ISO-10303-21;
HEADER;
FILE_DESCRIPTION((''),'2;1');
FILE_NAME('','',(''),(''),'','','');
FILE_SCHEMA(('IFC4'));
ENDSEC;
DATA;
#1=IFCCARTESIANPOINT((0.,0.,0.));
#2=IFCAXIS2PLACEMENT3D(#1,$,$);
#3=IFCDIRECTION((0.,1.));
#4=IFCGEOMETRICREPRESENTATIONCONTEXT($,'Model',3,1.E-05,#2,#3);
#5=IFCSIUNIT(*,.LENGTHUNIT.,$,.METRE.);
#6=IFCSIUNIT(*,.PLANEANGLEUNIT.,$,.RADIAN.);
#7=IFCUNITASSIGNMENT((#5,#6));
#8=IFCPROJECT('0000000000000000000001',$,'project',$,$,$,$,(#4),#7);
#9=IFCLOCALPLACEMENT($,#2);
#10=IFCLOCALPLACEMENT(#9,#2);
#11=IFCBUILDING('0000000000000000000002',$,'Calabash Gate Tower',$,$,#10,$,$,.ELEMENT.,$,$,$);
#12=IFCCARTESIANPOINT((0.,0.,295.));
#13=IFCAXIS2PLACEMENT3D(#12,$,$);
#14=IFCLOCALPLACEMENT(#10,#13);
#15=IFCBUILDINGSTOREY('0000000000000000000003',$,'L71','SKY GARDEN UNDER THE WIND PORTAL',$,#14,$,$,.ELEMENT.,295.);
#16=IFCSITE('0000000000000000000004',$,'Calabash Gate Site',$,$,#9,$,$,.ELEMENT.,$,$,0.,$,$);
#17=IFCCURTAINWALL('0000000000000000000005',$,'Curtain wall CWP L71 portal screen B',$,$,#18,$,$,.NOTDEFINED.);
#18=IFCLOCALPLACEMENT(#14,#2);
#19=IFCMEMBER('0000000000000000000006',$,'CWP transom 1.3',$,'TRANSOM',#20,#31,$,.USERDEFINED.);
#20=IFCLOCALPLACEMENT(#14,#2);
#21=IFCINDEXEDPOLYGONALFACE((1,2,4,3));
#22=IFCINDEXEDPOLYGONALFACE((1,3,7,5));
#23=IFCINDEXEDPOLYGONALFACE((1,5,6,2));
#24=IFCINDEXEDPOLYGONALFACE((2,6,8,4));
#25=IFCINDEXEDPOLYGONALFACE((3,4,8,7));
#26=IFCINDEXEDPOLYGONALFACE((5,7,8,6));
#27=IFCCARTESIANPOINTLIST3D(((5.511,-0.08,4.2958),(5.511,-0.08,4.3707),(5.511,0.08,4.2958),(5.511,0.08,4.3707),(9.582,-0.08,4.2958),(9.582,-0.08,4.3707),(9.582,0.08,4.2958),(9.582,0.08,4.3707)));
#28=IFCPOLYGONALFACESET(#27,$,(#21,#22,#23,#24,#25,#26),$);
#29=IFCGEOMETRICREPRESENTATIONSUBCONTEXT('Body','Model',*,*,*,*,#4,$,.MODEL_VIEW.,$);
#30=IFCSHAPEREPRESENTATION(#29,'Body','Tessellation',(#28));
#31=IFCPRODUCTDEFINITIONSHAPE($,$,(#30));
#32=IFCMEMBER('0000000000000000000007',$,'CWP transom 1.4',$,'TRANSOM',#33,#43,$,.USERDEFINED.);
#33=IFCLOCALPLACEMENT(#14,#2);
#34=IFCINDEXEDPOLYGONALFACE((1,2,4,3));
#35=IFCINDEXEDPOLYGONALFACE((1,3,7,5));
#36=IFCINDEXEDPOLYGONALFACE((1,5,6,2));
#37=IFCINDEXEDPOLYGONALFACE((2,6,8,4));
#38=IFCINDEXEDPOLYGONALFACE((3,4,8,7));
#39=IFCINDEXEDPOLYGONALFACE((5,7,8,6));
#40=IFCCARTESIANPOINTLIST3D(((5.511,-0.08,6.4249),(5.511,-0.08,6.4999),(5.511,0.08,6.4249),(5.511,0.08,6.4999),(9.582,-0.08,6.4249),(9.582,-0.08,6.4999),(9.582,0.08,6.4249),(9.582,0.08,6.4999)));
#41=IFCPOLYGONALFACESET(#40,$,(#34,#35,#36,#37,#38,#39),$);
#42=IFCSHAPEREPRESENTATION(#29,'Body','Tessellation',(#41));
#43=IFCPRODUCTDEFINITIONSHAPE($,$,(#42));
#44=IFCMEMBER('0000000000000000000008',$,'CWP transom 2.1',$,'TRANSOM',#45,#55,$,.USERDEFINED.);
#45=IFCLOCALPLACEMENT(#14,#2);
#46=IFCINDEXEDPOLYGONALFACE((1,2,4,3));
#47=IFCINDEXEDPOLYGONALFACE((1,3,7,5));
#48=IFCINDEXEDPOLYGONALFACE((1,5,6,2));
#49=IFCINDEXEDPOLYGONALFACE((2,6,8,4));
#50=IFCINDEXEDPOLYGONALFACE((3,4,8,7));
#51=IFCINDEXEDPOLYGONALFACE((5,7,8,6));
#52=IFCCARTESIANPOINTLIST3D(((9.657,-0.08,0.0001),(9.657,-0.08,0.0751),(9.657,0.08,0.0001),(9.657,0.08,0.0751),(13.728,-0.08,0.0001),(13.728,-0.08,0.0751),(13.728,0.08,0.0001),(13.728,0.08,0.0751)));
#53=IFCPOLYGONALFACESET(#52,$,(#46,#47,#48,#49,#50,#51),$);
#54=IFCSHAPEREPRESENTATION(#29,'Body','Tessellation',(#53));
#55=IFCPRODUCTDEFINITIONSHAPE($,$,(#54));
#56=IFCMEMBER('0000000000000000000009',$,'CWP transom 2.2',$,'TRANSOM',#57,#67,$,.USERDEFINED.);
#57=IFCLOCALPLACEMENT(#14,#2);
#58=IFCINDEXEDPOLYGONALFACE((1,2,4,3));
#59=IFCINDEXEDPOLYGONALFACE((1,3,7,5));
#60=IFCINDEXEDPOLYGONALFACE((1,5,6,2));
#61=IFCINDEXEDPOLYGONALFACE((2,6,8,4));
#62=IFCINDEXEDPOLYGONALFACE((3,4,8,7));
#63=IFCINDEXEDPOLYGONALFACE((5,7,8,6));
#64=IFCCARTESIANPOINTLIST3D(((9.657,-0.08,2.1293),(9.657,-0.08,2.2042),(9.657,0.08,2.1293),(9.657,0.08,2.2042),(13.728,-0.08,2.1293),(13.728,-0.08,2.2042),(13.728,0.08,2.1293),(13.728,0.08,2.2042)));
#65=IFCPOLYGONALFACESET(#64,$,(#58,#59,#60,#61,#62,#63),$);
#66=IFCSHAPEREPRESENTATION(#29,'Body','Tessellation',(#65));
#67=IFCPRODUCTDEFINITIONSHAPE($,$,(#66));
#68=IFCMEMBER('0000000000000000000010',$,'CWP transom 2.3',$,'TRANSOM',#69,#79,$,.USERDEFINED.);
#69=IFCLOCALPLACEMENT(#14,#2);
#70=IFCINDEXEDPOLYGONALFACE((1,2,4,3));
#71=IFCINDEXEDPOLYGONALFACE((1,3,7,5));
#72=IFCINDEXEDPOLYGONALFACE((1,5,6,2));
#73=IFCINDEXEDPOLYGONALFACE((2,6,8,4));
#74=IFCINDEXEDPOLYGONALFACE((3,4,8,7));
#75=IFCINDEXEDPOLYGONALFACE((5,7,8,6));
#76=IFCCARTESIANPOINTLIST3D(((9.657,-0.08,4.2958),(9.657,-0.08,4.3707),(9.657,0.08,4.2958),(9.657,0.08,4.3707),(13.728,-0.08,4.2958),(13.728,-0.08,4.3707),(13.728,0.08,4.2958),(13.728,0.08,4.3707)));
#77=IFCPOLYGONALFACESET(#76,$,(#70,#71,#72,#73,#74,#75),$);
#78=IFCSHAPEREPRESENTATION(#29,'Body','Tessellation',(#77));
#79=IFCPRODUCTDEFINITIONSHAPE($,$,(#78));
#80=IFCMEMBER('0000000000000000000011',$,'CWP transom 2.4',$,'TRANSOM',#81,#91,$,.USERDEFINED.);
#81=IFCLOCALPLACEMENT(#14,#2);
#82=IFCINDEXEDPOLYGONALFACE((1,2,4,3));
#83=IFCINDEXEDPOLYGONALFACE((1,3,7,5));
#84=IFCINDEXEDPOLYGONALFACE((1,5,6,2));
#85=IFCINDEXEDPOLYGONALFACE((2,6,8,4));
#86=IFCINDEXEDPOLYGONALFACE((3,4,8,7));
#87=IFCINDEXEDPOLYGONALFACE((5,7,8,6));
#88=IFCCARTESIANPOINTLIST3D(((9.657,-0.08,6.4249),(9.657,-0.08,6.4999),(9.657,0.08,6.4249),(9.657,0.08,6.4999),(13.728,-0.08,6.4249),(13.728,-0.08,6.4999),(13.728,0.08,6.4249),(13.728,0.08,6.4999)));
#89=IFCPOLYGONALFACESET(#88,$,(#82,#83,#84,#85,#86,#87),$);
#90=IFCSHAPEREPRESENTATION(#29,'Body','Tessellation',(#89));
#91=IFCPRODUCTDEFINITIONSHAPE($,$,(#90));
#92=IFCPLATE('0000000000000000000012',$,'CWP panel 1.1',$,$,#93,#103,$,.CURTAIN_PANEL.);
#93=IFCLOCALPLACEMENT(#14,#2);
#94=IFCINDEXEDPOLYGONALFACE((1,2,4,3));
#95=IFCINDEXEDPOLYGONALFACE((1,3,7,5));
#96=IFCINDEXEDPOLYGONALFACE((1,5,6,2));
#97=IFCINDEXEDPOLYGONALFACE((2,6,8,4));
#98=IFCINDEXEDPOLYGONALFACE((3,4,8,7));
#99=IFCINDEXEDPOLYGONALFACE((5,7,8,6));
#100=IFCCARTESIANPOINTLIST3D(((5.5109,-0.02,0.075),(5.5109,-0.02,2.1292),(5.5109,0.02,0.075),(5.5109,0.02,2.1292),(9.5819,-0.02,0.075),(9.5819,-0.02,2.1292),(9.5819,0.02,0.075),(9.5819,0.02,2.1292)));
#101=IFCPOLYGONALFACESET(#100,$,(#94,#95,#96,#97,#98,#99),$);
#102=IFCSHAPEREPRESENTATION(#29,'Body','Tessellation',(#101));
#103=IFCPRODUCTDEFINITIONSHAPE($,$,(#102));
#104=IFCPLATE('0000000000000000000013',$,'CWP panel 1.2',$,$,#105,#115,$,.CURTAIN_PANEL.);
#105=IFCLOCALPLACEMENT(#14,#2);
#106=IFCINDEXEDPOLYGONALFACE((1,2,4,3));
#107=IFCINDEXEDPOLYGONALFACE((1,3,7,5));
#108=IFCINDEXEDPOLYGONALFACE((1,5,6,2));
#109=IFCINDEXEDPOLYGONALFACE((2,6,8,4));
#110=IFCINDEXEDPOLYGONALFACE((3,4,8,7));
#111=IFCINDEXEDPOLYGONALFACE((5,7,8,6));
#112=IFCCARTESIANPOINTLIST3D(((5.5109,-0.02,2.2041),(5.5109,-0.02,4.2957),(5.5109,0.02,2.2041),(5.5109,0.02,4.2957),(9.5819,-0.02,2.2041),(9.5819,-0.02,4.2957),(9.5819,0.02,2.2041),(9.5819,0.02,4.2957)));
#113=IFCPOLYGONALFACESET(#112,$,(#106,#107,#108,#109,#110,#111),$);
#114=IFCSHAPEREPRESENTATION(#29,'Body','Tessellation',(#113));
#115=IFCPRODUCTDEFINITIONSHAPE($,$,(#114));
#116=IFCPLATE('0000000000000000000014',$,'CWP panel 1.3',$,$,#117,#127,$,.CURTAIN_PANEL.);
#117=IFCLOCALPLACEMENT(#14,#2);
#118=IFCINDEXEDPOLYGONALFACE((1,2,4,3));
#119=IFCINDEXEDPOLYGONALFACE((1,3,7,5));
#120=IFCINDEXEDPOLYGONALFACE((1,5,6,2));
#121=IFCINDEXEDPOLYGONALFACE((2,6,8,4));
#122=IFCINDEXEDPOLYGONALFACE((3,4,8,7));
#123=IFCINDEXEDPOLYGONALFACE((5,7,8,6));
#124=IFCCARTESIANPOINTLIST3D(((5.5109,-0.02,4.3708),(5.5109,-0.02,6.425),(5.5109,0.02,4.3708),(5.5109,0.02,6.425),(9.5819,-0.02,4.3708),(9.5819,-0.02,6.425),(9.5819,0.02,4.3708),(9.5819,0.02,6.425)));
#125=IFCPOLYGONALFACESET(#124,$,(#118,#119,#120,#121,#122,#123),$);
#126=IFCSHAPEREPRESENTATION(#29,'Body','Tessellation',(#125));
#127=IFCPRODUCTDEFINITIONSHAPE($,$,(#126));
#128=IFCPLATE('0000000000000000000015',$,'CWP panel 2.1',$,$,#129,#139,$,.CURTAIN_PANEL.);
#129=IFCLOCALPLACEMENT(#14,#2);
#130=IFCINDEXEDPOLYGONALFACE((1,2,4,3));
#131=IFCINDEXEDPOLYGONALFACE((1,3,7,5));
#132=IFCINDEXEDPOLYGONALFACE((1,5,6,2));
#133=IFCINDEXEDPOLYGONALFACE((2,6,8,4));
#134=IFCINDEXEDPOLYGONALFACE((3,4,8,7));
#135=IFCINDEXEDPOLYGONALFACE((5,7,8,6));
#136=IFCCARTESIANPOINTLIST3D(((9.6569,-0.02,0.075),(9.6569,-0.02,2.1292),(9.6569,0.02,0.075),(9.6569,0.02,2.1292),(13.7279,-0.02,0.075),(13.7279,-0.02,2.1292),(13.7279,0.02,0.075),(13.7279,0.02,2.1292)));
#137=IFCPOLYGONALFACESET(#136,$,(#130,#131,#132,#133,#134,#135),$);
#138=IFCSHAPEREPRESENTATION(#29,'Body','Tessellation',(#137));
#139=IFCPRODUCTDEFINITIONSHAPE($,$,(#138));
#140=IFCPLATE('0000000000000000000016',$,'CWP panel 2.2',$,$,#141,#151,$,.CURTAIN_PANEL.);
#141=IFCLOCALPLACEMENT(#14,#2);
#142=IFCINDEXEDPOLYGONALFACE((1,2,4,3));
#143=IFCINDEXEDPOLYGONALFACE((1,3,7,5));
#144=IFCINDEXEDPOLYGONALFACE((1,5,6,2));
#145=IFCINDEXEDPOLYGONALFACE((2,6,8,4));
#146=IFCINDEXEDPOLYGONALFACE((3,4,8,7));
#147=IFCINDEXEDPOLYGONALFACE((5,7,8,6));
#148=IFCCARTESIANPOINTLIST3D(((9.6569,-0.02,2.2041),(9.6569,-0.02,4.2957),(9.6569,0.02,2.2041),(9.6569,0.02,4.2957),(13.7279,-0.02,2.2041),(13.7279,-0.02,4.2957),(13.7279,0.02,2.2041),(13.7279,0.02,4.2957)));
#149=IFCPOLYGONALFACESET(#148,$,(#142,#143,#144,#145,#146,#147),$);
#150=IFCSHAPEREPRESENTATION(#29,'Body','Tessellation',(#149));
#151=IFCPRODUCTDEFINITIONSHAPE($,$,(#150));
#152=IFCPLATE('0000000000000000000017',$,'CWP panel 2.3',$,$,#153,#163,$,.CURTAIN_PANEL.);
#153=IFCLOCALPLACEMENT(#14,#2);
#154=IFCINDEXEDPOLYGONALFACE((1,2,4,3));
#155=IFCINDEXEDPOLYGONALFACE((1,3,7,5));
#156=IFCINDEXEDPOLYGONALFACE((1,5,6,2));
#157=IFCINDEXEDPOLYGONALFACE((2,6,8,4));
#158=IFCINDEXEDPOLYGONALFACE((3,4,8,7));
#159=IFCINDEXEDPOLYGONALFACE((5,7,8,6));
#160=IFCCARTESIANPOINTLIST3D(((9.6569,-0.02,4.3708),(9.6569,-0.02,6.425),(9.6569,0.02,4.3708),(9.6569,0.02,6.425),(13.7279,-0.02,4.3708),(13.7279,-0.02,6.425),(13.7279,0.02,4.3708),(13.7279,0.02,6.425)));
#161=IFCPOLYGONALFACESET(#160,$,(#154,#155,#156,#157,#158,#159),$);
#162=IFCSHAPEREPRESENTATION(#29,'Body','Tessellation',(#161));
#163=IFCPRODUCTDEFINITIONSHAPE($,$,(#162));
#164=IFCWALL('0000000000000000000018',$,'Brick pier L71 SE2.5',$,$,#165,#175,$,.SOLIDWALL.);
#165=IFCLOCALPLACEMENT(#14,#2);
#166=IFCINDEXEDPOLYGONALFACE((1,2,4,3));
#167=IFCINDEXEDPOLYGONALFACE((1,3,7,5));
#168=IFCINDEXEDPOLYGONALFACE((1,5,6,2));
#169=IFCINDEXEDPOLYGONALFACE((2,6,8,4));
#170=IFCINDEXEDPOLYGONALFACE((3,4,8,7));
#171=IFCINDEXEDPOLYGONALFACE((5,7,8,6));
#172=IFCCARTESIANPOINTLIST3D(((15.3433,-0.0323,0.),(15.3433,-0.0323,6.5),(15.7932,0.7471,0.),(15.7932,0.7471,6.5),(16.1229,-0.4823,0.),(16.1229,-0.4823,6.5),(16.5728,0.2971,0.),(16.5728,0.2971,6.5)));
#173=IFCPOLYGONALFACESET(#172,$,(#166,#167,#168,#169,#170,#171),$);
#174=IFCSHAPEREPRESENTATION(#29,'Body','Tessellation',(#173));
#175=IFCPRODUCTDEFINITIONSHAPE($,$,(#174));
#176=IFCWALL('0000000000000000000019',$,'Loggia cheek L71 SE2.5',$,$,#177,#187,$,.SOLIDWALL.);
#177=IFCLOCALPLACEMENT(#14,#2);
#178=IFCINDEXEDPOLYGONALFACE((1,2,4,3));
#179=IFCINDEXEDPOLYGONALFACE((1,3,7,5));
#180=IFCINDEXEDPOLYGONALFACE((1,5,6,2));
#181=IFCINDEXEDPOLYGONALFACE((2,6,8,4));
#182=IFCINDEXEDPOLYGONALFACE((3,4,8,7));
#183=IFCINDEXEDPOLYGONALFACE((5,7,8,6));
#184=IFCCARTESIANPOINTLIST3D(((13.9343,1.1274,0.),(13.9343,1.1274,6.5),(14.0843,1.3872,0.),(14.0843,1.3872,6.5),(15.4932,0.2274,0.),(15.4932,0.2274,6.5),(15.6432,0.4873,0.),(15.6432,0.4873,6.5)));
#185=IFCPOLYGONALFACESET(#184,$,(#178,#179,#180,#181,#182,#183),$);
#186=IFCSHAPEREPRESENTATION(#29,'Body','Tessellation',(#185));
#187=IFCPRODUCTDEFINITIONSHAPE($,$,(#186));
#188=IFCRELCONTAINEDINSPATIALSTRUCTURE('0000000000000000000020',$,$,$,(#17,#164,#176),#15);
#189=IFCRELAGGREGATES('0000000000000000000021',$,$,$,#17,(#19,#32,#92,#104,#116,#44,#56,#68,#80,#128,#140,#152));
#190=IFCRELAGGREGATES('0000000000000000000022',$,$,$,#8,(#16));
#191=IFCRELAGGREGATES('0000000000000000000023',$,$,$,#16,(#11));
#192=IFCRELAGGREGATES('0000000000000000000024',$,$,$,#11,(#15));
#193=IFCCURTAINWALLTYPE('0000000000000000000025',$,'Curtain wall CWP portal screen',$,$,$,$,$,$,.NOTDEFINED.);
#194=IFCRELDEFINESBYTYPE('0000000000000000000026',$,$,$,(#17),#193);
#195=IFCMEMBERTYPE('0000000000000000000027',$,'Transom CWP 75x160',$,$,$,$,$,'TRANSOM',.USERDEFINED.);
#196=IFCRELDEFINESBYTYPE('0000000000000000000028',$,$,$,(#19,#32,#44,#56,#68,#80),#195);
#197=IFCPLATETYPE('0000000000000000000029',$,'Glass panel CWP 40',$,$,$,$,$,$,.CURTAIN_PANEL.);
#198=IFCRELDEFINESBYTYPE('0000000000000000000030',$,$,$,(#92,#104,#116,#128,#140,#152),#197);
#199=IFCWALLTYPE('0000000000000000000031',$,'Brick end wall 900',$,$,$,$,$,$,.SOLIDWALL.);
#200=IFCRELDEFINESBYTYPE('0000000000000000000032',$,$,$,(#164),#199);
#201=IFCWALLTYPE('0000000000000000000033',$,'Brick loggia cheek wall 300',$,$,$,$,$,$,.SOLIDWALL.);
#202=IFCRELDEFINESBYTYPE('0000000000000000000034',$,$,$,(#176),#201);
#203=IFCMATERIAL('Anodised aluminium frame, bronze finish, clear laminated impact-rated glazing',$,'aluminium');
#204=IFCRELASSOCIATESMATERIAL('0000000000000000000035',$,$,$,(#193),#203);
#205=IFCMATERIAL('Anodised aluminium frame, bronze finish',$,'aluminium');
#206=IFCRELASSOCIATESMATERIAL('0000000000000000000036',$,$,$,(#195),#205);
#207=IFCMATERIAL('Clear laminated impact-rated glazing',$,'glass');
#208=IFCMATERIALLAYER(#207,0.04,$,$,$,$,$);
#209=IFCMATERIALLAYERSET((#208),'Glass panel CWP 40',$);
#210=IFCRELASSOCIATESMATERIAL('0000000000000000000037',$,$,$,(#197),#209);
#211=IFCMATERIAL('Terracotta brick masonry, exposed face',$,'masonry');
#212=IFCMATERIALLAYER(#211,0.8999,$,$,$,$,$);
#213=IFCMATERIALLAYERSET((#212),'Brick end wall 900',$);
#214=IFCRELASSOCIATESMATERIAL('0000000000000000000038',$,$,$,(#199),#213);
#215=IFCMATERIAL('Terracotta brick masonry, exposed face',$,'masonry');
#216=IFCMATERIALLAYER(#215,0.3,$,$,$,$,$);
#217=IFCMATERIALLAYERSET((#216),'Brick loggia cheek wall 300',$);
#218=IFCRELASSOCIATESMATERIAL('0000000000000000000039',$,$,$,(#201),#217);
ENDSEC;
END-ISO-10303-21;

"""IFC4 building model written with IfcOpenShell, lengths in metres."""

from ifc_helpers import new_model, si_unit, direction, frame, frame_2d, origin, origin_2d, place, context, subcontext, project, spatial, rectangle, extrude, material, layer, layer_set, material_profile, profile_set, type_object, element, aggregate, save


model = new_model("IFC4")

# Units and contexts
model_context = context("Model", 3, precision=1e-05, world=origin(), true_north=direction((0.0, 1.0)))
body_context = subcontext(model_context, "Body", "Model", "MODEL_VIEW")
ifc_project = project(units=[si_unit("LENGTHUNIT", "METRE"), si_unit("PLANEANGLEUNIT", "RADIAN")], contexts=[model_context])

# Site, building, storey
site_placement = place(None, origin())
site = spatial("IfcSite", under=ifc_project, at=site_placement, Name="Calabash Gate Site", CompositionType="ELEMENT", RefElevation=0.0)
building_placement = place(site_placement, origin())
building = spatial("IfcBuilding", under=site, at=building_placement, Name="Calabash Gate Tower", CompositionType="ELEMENT")
storey_placement = place(building_placement, frame((0.0, 0.0, 295.0)))
storey = spatial("IfcBuildingStorey", under=building, at=storey_placement, Name="L71", Description="SKY GARDEN UNDER THE WIND PORTAL", CompositionType="ELEMENT", Elevation=295.0)

# Curtain wall, members, plates
ifc_material_1 = material(Name="Anodised aluminium frame, bronze finish, clear laminated impact-rated glazing", Category="aluminium")
curtain_wall_type = type_object("IfcCurtainWallType", Name="Curtain wall CWP portal screen", PredefinedType="NOTDEFINED", material=ifc_material_1)
curtain_wall_placement = place(storey_placement, origin())
curtain_wall = element("IfcCurtainWall", 1, at=curtain_wall_placement, inside=storey, type_object=curtain_wall_type, Name="Curtain wall CWP L71 portal screen B", PredefinedType="NOTDEFINED")
ifc_material_2 = material(Name="Anodised aluminium frame, bronze finish", Category="aluminium")
ifc_material_profile_1 = material_profile(ifc_material_2, rectangle(XDim=0.1599, YDim=0.075, at=origin_2d()))
ifc_profile_set_1 = profile_set([ifc_material_profile_1], Name="Anodised aluminium frame, bronze finish")
member_type_1 = type_object("IfcMemberType", Name="Transom CWP 75x160", ElementType="TRANSOM", PredefinedType="USERDEFINED", material=ifc_profile_set_1)
member_1_placement = place(storey_placement, frame((5.511, 0.0, 4.3333), z_axis=(1.0, 0.0, 0.0), x_axis=(0.0, 1.0, 0.0)))
member_1 = element("IfcMember", 2, at=member_1_placement, type_object=member_type_1, Name="CWP transom 1.3", ObjectType="TRANSOM", PredefinedType="USERDEFINED", context=body_context, shape_type="SweptSolid", body=[
    extrude(rectangle(XDim=0.1599, YDim=0.075, at=origin_2d()), origin(), (0.0, 0.0, 1.0), 4.071),
])
member_2_placement = place(storey_placement, frame((5.511, 0.0, 6.4624), z_axis=(1.0, 0.0, 0.0), x_axis=(0.0, 1.0, 0.0)))
member_2 = element("IfcMember", 3, at=member_2_placement, type_object=member_type_1, Name="CWP transom 1.4", ObjectType="TRANSOM", PredefinedType="USERDEFINED", context=body_context, shape_type="SweptSolid", body=[
    extrude(rectangle(XDim=0.1599, YDim=0.075, at=origin_2d()), origin(), (0.0, 0.0, 1.0), 4.071),
])
member_3_placement = place(storey_placement, frame((9.657, 0.0, 0.0376), z_axis=(1.0, 0.0, 0.0), x_axis=(0.0, 1.0, 0.0)))
member_3 = element("IfcMember", 4, at=member_3_placement, type_object=member_type_1, Name="CWP transom 2.1", ObjectType="TRANSOM", PredefinedType="USERDEFINED", context=body_context, shape_type="SweptSolid", body=[
    extrude(rectangle(XDim=0.1599, YDim=0.075, at=origin_2d()), origin(), (0.0, 0.0, 1.0), 4.071),
])
member_4_placement = place(storey_placement, frame((9.657, 0.0, 2.1667), z_axis=(1.0, 0.0, 0.0), x_axis=(0.0, 1.0, 0.0)))
member_4 = element("IfcMember", 5, at=member_4_placement, type_object=member_type_1, Name="CWP transom 2.2", ObjectType="TRANSOM", PredefinedType="USERDEFINED", context=body_context, shape_type="SweptSolid", body=[
    extrude(rectangle(XDim=0.1599, YDim=0.075, at=origin_2d()), origin(), (0.0, 0.0, 1.0), 4.071),
])
member_5_placement = place(storey_placement, frame((9.657, 0.0, 4.3333), z_axis=(1.0, 0.0, 0.0), x_axis=(0.0, 1.0, 0.0)))
member_5 = element("IfcMember", 6, at=member_5_placement, type_object=member_type_1, Name="CWP transom 2.3", ObjectType="TRANSOM", PredefinedType="USERDEFINED", context=body_context, shape_type="SweptSolid", body=[
    extrude(rectangle(XDim=0.1599, YDim=0.075, at=origin_2d()), origin(), (0.0, 0.0, 1.0), 4.071),
])
member_6_placement = place(storey_placement, frame((9.657, 0.0, 6.4624), z_axis=(1.0, 0.0, 0.0), x_axis=(0.0, 1.0, 0.0)))
member_6 = element("IfcMember", 7, at=member_6_placement, type_object=member_type_1, Name="CWP transom 2.4", ObjectType="TRANSOM", PredefinedType="USERDEFINED", context=body_context, shape_type="SweptSolid", body=[
    extrude(rectangle(XDim=0.1599, YDim=0.075, at=origin_2d()), origin(), (0.0, 0.0, 1.0), 4.071),
])
ifc_material_3 = material(Name="Clear laminated impact-rated glazing", Category="glass")
ifc_layer_1 = layer(ifc_material_3, 0.04)
ifc_layer_set_1 = layer_set([ifc_layer_1], Name="Glass panel CWP 40")
plate_type = type_object("IfcPlateType", Name="Glass panel CWP 40", PredefinedType="CURTAIN_PANEL", material=ifc_layer_set_1)
plate_1_placement = place(storey_placement, frame((7.5464, 0.0, 0.075), z_axis=(0.0, 0.0, 1.0), x_axis=(1.0, 0.0, 0.0)))
plate_1 = element("IfcPlate", 8, at=plate_1_placement, type_object=plate_type, Name="CWP panel 1.1", PredefinedType="CURTAIN_PANEL", context=body_context, shape_type="SweptSolid", body=[
    extrude(rectangle(XDim=4.071, YDim=0.04, at=origin_2d()), origin(), (0.0, 0.0, 1.0), 2.0542),
])
plate_2_placement = place(storey_placement, frame((7.5464, 0.0, 2.2041), z_axis=(0.0, 0.0, 1.0), x_axis=(1.0, 0.0, 0.0)))
plate_2 = element("IfcPlate", 9, at=plate_2_placement, type_object=plate_type, Name="CWP panel 1.2", PredefinedType="CURTAIN_PANEL", context=body_context, shape_type="SweptSolid", body=[
    extrude(rectangle(XDim=4.071, YDim=0.04, at=origin_2d()), origin(), (0.0, 0.0, 1.0), 2.0916),
])
plate_3_placement = place(storey_placement, frame((7.5464, 0.0, 4.3708), z_axis=(0.0, 0.0, 1.0), x_axis=(1.0, 0.0, 0.0)))
plate_3 = element("IfcPlate", 10, at=plate_3_placement, type_object=plate_type, Name="CWP panel 1.3", PredefinedType="CURTAIN_PANEL", context=body_context, shape_type="SweptSolid", body=[
    extrude(rectangle(XDim=4.071, YDim=0.04, at=origin_2d()), origin(), (0.0, 0.0, 1.0), 2.0542),
])
plate_4_placement = place(storey_placement, frame((11.6924, 0.0, 0.075), z_axis=(0.0, 0.0, 1.0), x_axis=(1.0, 0.0, 0.0)))
plate_4 = element("IfcPlate", 11, at=plate_4_placement, type_object=plate_type, Name="CWP panel 2.1", PredefinedType="CURTAIN_PANEL", context=body_context, shape_type="SweptSolid", body=[
    extrude(rectangle(XDim=4.071, YDim=0.04, at=origin_2d()), origin(), (0.0, 0.0, 1.0), 2.0542),
])
plate_5_placement = place(storey_placement, frame((11.6924, 0.0, 2.2041), z_axis=(0.0, 0.0, 1.0), x_axis=(1.0, 0.0, 0.0)))
plate_5 = element("IfcPlate", 12, at=plate_5_placement, type_object=plate_type, Name="CWP panel 2.2", PredefinedType="CURTAIN_PANEL", context=body_context, shape_type="SweptSolid", body=[
    extrude(rectangle(XDim=4.071, YDim=0.04, at=origin_2d()), origin(), (0.0, 0.0, 1.0), 2.0916),
])
plate_6_placement = place(storey_placement, frame((11.6924, 0.0, 4.3708), z_axis=(0.0, 0.0, 1.0), x_axis=(1.0, 0.0, 0.0)))
plate_6 = element("IfcPlate", 13, at=plate_6_placement, type_object=plate_type, Name="CWP panel 2.3", PredefinedType="CURTAIN_PANEL", context=body_context, shape_type="SweptSolid", body=[
    extrude(rectangle(XDim=4.071, YDim=0.04, at=origin_2d()), origin(), (0.0, 0.0, 1.0), 2.0542),
])
aggregate(curtain_wall, [member_1, member_2, plate_1, plate_2, plate_3, member_3, member_4, member_5, member_6, plate_4, plate_5, plate_6])

# Walls
ifc_material_4 = material(Name="Terracotta brick masonry, exposed face", Category="masonry")
ifc_layer_2 = layer(ifc_material_4, 0.8999)
ifc_layer_set_2 = layer_set([ifc_layer_2], Name="Brick end wall 900")
wall_type_1 = type_object("IfcWallType", Name="Brick end wall 900", PredefinedType="SOLIDWALL", material=ifc_layer_set_2)
wall_1_placement = place(storey_placement, frame((15.5681, 0.3574, 0.0), z_axis=(0.0, 0.0, 1.0), x_axis=(0.866082, -0.499902, 0.0)))
element("IfcWall", 14, at=wall_1_placement, inside=storey, type_object=wall_type_1, Name="Brick pier L71 SE2.5", PredefinedType="SOLIDWALL", context=body_context, shape_type="SweptSolid", body=[
    extrude(rectangle(XDim=0.9001, YDim=0.8999, at=frame_2d((0.4502, 0.0))), origin(), (0.0, 0.0, 1.0), 6.5),
])
ifc_material_5 = material(Name="Terracotta brick masonry, exposed face", Category="masonry")
ifc_layer_3 = layer(ifc_material_5, 0.3)
ifc_layer_set_3 = layer_set([ifc_layer_3], Name="Brick loggia cheek wall 300")
wall_type_2 = type_object("IfcWallType", Name="Brick loggia cheek wall 300", PredefinedType="SOLIDWALL", material=ifc_layer_set_3)
wall_2_placement = place(storey_placement, frame((15.5681, 0.3574, 0.0), z_axis=(0.0, 0.0, 1.0), x_axis=(-0.866048, 0.499961, 0.0)))
element("IfcWall", 15, at=wall_2_placement, inside=storey, type_object=wall_type_2, Name="Loggia cheek L71 SE2.5", PredefinedType="SOLIDWALL", context=body_context, shape_type="SweptSolid", body=[
    extrude(rectangle(XDim=1.8, YDim=0.3, at=frame_2d((0.8999, 0.0))), origin(), (0.0, 0.0, 1.0), 6.5),
])

save(model, "model.ifc")
